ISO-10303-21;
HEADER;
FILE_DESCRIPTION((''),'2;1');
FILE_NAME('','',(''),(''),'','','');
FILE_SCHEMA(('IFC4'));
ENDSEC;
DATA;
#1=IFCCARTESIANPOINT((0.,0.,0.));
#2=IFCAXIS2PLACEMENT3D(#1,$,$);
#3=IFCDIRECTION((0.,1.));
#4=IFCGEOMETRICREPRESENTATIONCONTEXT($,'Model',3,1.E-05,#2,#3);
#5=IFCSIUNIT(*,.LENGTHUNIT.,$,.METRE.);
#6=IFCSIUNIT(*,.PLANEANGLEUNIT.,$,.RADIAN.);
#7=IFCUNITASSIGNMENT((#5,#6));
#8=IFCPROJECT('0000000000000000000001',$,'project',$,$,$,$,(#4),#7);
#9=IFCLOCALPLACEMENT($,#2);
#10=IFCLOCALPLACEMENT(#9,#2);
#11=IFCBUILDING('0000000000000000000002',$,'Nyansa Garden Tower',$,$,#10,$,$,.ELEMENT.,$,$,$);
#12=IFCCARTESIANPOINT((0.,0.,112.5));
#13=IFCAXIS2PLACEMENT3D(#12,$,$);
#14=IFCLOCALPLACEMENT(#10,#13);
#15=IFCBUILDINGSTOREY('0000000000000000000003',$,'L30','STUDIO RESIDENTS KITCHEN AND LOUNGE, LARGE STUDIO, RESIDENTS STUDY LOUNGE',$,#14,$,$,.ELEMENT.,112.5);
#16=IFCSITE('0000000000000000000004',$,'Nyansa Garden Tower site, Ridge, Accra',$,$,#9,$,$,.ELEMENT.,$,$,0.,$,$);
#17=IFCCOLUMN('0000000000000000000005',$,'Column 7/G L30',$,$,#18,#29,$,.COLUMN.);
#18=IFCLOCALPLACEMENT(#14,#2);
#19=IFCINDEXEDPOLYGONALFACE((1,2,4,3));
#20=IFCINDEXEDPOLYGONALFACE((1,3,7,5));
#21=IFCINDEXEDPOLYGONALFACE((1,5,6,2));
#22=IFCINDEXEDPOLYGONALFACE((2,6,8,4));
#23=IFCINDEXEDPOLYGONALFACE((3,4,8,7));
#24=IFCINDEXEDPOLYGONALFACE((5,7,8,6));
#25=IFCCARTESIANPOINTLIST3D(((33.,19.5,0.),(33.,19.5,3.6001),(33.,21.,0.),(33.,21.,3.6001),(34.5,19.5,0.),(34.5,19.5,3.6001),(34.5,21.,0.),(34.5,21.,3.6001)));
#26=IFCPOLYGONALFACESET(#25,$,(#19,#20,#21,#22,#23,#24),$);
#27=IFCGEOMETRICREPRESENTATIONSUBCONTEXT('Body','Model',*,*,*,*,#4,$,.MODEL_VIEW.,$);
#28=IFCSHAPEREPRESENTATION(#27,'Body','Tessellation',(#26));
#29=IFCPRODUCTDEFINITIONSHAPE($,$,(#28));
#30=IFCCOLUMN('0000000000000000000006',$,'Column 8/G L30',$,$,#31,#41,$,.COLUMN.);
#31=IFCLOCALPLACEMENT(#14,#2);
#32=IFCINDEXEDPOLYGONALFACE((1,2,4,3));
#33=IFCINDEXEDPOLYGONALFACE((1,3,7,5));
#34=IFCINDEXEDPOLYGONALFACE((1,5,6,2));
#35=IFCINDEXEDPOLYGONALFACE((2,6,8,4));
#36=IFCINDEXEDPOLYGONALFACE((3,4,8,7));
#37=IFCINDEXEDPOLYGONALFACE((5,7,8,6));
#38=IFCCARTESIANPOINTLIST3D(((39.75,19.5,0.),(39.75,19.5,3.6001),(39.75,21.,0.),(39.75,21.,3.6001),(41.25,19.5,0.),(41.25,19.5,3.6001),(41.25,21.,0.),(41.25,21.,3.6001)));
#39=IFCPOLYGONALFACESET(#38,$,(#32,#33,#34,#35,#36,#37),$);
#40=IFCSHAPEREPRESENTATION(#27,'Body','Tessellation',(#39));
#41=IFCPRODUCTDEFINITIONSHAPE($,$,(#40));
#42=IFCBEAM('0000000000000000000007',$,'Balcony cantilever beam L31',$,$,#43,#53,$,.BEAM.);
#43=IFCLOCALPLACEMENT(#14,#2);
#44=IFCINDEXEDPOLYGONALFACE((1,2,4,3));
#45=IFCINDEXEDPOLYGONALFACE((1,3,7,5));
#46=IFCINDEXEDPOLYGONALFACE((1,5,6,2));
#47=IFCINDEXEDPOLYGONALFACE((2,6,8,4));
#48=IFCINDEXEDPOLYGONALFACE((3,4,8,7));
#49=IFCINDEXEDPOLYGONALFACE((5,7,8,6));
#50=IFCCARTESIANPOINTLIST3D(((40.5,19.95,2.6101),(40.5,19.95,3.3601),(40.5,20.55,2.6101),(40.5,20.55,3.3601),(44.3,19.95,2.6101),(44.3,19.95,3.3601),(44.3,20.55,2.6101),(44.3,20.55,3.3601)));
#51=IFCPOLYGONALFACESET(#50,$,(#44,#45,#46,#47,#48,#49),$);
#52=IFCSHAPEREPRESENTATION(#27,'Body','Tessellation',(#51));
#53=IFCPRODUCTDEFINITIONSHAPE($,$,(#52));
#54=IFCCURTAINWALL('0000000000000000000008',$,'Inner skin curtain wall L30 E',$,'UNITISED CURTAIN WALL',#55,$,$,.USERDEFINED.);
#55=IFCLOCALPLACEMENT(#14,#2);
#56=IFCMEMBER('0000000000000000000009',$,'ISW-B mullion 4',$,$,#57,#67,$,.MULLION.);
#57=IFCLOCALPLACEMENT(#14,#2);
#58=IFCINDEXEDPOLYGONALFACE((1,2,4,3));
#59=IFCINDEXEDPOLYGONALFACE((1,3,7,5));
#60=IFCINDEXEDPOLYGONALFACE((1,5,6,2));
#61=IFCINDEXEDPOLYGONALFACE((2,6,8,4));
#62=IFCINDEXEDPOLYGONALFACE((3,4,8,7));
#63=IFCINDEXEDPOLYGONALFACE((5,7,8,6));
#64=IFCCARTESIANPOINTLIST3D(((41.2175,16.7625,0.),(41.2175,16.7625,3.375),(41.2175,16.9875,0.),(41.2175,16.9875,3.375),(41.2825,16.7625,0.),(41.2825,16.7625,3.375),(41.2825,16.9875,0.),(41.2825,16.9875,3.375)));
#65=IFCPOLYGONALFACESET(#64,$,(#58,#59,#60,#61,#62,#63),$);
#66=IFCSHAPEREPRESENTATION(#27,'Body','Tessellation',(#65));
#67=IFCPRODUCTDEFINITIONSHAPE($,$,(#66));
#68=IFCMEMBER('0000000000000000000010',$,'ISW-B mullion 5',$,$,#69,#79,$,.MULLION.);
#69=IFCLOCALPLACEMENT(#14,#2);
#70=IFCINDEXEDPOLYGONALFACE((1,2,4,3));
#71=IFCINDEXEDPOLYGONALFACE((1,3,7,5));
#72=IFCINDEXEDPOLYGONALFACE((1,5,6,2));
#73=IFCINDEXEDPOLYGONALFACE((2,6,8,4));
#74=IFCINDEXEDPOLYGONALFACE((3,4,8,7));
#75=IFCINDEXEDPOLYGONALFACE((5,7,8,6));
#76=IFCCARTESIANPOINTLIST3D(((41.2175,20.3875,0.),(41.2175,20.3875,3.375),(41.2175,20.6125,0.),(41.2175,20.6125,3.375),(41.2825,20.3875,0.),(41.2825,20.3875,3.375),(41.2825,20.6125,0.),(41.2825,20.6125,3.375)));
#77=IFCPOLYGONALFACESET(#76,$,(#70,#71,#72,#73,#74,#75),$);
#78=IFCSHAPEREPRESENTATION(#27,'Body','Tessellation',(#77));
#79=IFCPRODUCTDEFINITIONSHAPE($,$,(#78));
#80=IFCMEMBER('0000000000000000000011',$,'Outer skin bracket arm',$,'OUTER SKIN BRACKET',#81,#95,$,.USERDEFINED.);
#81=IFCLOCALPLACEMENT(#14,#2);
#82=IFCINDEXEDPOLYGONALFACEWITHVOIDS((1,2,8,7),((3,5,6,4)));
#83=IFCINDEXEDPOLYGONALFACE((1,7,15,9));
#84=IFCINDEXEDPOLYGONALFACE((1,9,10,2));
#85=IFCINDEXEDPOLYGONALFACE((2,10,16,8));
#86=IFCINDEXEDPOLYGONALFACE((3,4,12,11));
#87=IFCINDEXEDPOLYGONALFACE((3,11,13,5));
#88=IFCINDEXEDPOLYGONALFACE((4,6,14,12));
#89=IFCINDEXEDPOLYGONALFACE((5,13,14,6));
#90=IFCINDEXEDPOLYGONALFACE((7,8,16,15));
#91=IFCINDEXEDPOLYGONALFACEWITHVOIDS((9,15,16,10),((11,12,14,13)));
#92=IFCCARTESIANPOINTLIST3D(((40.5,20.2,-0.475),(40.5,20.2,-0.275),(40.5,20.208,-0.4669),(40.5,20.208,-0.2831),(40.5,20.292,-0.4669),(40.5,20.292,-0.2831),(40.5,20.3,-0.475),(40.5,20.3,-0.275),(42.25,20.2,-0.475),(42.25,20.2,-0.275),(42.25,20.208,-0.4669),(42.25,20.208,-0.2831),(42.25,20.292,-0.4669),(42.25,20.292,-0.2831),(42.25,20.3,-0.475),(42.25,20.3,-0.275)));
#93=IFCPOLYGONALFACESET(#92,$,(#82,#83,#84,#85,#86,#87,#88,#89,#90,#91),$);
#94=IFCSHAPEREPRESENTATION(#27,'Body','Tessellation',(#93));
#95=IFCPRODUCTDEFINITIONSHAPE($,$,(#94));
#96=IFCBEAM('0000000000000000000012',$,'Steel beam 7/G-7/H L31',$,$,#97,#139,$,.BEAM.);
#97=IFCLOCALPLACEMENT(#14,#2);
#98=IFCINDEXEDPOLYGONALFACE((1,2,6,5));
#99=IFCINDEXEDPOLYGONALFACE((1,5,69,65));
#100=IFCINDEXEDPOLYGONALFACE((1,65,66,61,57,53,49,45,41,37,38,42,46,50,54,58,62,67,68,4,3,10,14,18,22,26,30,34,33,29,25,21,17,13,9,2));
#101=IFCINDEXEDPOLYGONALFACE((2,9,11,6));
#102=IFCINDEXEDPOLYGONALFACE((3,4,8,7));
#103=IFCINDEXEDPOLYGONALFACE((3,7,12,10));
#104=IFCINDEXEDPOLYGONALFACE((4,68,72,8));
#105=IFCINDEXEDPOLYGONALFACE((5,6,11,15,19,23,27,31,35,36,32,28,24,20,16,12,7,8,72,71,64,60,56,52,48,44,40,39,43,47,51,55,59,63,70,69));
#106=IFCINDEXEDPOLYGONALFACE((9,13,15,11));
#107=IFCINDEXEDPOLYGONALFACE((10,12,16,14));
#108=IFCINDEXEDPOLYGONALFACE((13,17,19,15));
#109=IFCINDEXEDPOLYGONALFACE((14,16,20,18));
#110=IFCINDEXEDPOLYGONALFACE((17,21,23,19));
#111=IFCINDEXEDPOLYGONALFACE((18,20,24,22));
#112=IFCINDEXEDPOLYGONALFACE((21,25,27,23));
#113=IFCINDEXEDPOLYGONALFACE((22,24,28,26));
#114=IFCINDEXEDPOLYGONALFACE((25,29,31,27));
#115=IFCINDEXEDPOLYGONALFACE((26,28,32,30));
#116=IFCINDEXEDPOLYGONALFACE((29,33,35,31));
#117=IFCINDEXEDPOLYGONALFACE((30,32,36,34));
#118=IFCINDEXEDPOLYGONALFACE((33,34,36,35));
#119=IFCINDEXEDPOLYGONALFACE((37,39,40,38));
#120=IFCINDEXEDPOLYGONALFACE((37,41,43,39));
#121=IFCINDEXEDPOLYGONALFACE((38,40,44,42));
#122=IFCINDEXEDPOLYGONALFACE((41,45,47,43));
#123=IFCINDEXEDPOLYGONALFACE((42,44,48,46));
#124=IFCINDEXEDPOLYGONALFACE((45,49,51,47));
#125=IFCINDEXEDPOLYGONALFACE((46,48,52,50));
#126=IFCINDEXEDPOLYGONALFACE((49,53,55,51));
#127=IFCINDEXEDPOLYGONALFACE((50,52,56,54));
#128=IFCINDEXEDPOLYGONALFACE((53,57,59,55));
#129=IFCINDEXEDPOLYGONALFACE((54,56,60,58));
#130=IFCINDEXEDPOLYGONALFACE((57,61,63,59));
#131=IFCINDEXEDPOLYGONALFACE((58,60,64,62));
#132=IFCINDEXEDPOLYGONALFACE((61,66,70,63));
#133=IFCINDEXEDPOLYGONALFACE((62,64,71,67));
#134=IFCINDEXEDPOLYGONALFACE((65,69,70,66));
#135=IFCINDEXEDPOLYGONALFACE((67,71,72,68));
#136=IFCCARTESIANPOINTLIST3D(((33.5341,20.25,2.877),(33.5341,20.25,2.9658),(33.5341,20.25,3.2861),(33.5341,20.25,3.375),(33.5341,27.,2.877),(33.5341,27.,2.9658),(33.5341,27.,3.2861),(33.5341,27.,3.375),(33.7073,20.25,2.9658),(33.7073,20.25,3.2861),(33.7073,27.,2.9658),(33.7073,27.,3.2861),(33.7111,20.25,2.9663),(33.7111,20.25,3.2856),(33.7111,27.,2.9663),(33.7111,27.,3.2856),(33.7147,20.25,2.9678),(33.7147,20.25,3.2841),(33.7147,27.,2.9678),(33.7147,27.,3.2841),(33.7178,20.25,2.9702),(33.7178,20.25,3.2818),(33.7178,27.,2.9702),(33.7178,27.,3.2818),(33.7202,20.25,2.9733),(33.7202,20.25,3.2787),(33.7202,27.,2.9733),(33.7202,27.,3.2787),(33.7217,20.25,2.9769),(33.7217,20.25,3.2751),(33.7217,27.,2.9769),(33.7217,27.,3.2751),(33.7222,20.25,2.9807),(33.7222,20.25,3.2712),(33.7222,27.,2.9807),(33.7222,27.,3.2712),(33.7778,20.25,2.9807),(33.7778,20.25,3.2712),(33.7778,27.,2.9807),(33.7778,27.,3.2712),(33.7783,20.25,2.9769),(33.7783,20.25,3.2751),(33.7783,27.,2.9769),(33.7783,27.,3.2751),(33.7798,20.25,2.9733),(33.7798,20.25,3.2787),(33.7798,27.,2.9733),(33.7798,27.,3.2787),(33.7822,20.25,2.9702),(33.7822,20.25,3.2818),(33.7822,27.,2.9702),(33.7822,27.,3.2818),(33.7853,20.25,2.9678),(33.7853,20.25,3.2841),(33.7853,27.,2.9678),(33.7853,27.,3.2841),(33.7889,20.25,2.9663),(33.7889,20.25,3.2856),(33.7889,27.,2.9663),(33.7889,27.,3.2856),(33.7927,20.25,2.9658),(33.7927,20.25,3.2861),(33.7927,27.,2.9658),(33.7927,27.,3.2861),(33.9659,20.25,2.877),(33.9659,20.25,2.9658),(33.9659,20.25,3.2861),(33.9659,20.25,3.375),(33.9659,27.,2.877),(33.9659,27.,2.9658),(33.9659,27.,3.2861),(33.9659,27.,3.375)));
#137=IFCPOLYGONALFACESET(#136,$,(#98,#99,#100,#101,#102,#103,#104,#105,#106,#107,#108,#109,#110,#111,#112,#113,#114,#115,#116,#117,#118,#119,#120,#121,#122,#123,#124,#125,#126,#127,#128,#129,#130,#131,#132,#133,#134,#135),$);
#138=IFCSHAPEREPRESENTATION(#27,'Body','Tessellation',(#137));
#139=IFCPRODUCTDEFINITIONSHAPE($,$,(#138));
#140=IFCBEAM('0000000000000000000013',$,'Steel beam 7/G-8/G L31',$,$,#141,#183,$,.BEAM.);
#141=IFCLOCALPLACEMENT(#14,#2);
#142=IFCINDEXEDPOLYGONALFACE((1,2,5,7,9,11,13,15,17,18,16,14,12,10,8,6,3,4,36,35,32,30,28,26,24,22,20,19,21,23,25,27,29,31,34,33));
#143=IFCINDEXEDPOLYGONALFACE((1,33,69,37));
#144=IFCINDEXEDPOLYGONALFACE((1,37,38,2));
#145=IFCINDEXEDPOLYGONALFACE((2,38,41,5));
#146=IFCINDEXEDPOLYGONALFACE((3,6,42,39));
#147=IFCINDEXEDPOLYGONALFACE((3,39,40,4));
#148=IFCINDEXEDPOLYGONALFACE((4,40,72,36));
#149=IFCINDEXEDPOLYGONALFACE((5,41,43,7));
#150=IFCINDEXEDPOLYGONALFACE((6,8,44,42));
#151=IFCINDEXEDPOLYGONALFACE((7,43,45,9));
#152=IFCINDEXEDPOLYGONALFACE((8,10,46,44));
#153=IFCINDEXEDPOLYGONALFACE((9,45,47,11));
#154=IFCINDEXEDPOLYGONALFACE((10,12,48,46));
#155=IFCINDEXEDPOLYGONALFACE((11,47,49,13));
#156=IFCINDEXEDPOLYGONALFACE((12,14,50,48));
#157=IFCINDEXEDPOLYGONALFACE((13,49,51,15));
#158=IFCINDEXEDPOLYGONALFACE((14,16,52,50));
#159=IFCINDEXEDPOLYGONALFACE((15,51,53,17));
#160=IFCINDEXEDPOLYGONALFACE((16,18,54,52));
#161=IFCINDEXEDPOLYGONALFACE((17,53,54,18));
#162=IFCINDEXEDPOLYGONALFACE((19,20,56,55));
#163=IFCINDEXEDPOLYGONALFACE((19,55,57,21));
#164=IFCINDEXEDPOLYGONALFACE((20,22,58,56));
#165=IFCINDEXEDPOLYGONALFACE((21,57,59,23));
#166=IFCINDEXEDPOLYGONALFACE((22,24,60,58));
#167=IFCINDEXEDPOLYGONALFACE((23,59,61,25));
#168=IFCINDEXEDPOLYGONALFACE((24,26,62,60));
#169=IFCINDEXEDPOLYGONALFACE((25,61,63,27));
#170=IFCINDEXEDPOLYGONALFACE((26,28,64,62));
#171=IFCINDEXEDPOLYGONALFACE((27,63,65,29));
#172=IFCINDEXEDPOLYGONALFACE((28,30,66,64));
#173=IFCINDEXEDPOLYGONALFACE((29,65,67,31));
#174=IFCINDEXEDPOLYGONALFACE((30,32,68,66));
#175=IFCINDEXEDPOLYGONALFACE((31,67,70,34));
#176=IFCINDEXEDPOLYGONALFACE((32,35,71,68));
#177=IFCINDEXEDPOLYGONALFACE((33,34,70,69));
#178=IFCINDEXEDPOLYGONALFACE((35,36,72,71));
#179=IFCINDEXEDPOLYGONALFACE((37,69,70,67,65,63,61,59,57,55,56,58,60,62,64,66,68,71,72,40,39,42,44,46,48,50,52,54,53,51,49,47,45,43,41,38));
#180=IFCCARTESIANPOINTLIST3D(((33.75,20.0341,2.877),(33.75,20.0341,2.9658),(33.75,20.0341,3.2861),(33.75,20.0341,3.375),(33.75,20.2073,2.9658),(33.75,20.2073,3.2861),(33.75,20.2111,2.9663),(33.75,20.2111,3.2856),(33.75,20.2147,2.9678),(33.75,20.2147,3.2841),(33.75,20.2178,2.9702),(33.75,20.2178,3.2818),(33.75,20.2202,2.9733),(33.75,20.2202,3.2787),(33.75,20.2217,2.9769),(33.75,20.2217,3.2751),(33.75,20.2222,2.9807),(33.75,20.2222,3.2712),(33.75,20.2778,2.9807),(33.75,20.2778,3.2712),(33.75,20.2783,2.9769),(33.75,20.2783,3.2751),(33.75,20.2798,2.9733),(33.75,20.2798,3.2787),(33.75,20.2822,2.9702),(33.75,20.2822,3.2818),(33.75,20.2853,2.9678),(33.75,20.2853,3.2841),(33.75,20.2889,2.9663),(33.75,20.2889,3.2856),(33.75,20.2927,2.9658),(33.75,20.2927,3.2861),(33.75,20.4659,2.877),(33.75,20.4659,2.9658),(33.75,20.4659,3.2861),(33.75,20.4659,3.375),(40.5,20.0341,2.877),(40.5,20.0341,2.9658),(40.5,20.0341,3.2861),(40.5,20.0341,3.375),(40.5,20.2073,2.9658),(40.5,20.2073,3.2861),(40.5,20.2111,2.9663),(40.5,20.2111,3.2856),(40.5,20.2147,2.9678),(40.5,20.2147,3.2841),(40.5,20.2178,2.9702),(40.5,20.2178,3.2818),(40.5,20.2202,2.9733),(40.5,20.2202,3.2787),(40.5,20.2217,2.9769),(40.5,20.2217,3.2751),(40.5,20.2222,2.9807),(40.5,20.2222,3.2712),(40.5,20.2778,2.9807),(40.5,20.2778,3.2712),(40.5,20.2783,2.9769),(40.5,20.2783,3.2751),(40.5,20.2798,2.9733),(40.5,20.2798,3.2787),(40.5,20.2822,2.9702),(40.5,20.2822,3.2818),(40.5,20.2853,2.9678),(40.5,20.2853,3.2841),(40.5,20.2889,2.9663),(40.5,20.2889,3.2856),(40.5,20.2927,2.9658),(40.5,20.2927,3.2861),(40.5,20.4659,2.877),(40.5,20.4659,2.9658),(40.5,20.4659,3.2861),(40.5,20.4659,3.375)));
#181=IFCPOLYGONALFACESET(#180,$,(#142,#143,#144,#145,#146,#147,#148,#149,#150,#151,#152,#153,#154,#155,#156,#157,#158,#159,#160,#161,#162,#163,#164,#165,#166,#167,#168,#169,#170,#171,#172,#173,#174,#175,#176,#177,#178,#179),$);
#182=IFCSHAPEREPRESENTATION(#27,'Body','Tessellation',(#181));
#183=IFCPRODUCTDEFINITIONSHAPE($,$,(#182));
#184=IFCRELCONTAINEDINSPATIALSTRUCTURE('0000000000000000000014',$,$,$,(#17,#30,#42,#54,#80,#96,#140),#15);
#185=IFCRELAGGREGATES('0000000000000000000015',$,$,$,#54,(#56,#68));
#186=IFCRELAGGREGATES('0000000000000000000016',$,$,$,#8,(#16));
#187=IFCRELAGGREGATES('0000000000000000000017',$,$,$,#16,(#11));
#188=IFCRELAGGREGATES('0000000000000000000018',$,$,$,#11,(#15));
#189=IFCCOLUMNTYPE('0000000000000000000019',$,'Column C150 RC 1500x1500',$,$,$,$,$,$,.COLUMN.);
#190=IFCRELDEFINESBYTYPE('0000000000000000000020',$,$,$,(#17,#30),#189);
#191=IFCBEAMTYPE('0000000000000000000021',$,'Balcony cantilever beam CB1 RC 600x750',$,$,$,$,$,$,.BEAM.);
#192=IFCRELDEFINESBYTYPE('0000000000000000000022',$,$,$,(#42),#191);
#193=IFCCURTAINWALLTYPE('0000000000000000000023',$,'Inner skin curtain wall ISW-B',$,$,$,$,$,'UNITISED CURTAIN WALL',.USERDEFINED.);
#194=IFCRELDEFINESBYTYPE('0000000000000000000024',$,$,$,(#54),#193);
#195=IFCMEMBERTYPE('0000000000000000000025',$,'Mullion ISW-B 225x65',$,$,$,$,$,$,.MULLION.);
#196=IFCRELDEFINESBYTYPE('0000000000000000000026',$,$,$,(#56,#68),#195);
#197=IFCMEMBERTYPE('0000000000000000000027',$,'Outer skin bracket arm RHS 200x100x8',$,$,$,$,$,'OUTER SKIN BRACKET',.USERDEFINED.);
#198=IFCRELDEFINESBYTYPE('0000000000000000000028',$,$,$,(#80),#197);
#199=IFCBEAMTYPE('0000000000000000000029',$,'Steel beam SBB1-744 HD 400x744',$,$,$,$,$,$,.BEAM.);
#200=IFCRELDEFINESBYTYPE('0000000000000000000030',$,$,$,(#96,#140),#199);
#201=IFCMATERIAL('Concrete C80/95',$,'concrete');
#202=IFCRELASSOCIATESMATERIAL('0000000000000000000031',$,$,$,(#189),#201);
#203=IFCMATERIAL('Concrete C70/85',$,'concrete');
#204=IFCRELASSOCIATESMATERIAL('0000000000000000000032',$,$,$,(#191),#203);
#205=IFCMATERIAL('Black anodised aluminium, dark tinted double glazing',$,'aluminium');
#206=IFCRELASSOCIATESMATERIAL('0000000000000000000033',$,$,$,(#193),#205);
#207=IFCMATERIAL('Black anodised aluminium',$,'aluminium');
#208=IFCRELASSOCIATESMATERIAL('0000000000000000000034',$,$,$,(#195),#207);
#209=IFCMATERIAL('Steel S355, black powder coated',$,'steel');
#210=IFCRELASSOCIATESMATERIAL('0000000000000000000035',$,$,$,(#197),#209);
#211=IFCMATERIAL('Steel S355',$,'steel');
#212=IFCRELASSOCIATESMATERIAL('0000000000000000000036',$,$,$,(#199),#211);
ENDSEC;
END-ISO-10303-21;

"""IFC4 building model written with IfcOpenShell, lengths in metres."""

from ifc_helpers import new_model, si_unit, direction, frame, origin, origin_2d, place, context, subcontext, project, spatial, rectangle, hollow_rectangle, i_section, extrude, material, material_profile, profile_set, type_object, element, aggregate, save


model = new_model("IFC4")

# Units and contexts
model_context = context("Model", 3, precision=1e-05, world=origin(), true_north=direction((0.0, 1.0)))
body_context = subcontext(model_context, "Body", "Model", "MODEL_VIEW")
ifc_project = project(units=[si_unit("LENGTHUNIT", "METRE"), si_unit("PLANEANGLEUNIT", "RADIAN")], contexts=[model_context])

# Site, building, storey
site_placement = place(None, origin())
site = spatial("IfcSite", under=ifc_project, at=site_placement, Name="Nyansa Garden Tower site, Ridge, Accra", CompositionType="ELEMENT", RefElevation=0.0)
building_placement = place(site_placement, origin())
building = spatial("IfcBuilding", under=site, at=building_placement, Name="Nyansa Garden Tower", CompositionType="ELEMENT")
storey_placement = place(building_placement, frame((0.0, 0.0, 112.5)))
storey = spatial("IfcBuildingStorey", under=building, at=storey_placement, Name="L30", Description="STUDIO RESIDENTS KITCHEN AND LOUNGE, LARGE STUDIO, RESIDENTS STUDY LOUNGE", CompositionType="ELEMENT", Elevation=112.5)

# Columns
ifc_material_1 = material(Name="Concrete C80/95", Category="concrete")
ifc_material_profile_1 = material_profile(ifc_material_1, rectangle(XDim=1.5, YDim=1.5, at=origin_2d()), Name="RC 1500x1500")
ifc_profile_set_1 = profile_set([ifc_material_profile_1], Name="Concrete C80/95")
column_type = type_object("IfcColumnType", Name="Column C150 RC 1500x1500", PredefinedType="COLUMN", material=ifc_profile_set_1)
for number, where, z_axis, x_axis, name in (
    (1, (33.75, 20.25, 0.0), (0.0, 0.0, 1.0), (1.0, 0.0, 0.0), "Column 7/G L30"),
    (2, (40.5, 20.25, 0.0), (0.0, 0.0, 1.0), (1.0, 0.0, 0.0), "Column 8/G L30"),
):
    element("IfcColumn", number, at=place(storey_placement, frame(where, z_axis=z_axis, x_axis=x_axis)), inside=storey, type_object=column_type, Name=name, PredefinedType="COLUMN", context=body_context, shape_type="SweptSolid", body=[
        extrude(rectangle(XDim=1.5, YDim=1.5, at=origin_2d()), origin(), (0.0, 0.0, 1.0), 3.6001),
    ])

# Beam
ifc_material_2 = material(Name="Concrete C70/85", Category="concrete")
ifc_material_profile_2 = material_profile(ifc_material_2, rectangle(XDim=0.6001, YDim=0.75, at=origin_2d()), Name="RC 600x750")
ifc_profile_set_2 = profile_set([ifc_material_profile_2], Name="Concrete C70/85")
beam_type_1 = type_object("IfcBeamType", Name="Balcony cantilever beam CB1 RC 600x750", PredefinedType="BEAM", material=ifc_profile_set_2)
beam_1_placement = place(storey_placement, frame((40.5, 20.25, 2.9851), z_axis=(1.0, 0.0, 0.0), x_axis=(0.0, 1.0, 0.0)))
element("IfcBeam", 3, at=beam_1_placement, inside=storey, type_object=beam_type_1, Name="Balcony cantilever beam L31", PredefinedType="BEAM", context=body_context, shape_type="SweptSolid", body=[
    extrude(rectangle(XDim=0.6001, YDim=0.75, at=origin_2d()), origin(), (0.0, 0.0, 1.0), 3.8),
])

# Curtain wall, members
ifc_material_3 = material(Name="Black anodised aluminium, dark tinted double glazing", Category="aluminium")
curtain_wall_type = type_object("IfcCurtainWallType", Name="Inner skin curtain wall ISW-B", ElementType="UNITISED CURTAIN WALL", PredefinedType="USERDEFINED", material=ifc_material_3)
curtain_wall_placement = place(storey_placement, origin())
curtain_wall = element("IfcCurtainWall", 4, at=curtain_wall_placement, inside=storey, type_object=curtain_wall_type, Name="Inner skin curtain wall L30 E", ObjectType="UNITISED CURTAIN WALL", PredefinedType="USERDEFINED")
ifc_material_4 = material(Name="Black anodised aluminium", Category="aluminium")
ifc_material_profile_3 = material_profile(ifc_material_4, rectangle(XDim=0.0649, YDim=0.2251, at=origin_2d()), Name="Mullion 225x65")
ifc_profile_set_3 = profile_set([ifc_material_profile_3], Name="Black anodised aluminium")
member_type_1 = type_object("IfcMemberType", Name="Mullion ISW-B 225x65", PredefinedType="MULLION", material=ifc_profile_set_3)
member_1_placement = place(storey_placement, frame((41.25, 16.875, 0.0), z_axis=(0.0, 0.0, 1.0), x_axis=(-1.0, 0.0, 0.0)))
member_1 = element("IfcMember", 5, at=member_1_placement, type_object=member_type_1, Name="ISW-B mullion 4", PredefinedType="MULLION", context=body_context, shape_type="SweptSolid", body=[
    extrude(rectangle(XDim=0.0649, YDim=0.2251, at=origin_2d()), origin(), (0.0, 0.0, 1.0), 3.375),
])
member_2_placement = place(storey_placement, frame((41.25, 20.5, 0.0), z_axis=(0.0, 0.0, 1.0), x_axis=(-1.0, 0.0, 0.0)))
member_2 = element("IfcMember", 6, at=member_2_placement, type_object=member_type_1, Name="ISW-B mullion 5", PredefinedType="MULLION", context=body_context, shape_type="SweptSolid", body=[
    extrude(rectangle(XDim=0.0649, YDim=0.2251, at=origin_2d()), origin(), (0.0, 0.0, 1.0), 3.375),
])

# Member
ifc_material_5 = material(Name="Steel S355, black powder coated", Category="steel")
ifc_material_profile_4 = material_profile(ifc_material_5, hollow_rectangle(XDim=0.1001, YDim=0.2, WallThickness=0.0081, at=origin_2d()), Name="RHS 200x100x8")
ifc_profile_set_4 = profile_set([ifc_material_profile_4], Name="Steel S355, black powder coated")
member_type_2 = type_object("IfcMemberType", Name="Outer skin bracket arm RHS 200x100x8", ElementType="OUTER SKIN BRACKET", PredefinedType="USERDEFINED", material=ifc_profile_set_4)
member_3_placement = place(storey_placement, frame((40.5, 20.25, -0.375), z_axis=(1.0, 0.0, 0.0), x_axis=(0.0, 1.0, 0.0)))
element("IfcMember", 7, at=member_3_placement, inside=storey, type_object=member_type_2, Name="Outer skin bracket arm", ObjectType="OUTER SKIN BRACKET", PredefinedType="USERDEFINED", context=body_context, shape_type="SweptSolid", body=[
    extrude(hollow_rectangle(XDim=0.1001, YDim=0.2, WallThickness=0.0081, at=origin_2d()), origin(), (0.0, 0.0, 1.0), 1.75),
])

# Beams
ifc_material_6 = material(Name="Steel S355", Category="steel")
ifc_material_profile_5 = material_profile(ifc_material_6, i_section(OverallWidth=0.4319, OverallDepth=0.498, WebThickness=0.0557, FlangeThickness=0.0889, FilletRadius=0.0149, at=origin_2d()), Name="HD 400x744")
ifc_profile_set_5 = profile_set([ifc_material_profile_5], Name="Steel S355")
beam_type_2 = type_object("IfcBeamType", Name="Steel beam SBB1-744 HD 400x744", PredefinedType="BEAM", material=ifc_profile_set_5)
for number, where, z_axis, x_axis, name in (
    (8, (33.75, 20.25, 3.126), (0.0, 1.0, 0.0), (-1.0, 0.0, 0.0), "Steel beam 7/G-7/H L31"),
    (9, (33.75, 20.25, 3.126), (1.0, 0.0, 0.0), (0.0, 1.0, 0.0), "Steel beam 7/G-8/G L31"),
):
    element("IfcBeam", number, at=place(storey_placement, frame(where, z_axis=z_axis, x_axis=x_axis)), inside=storey, type_object=beam_type_2, Name=name, PredefinedType="BEAM", context=body_context, shape_type="SweptSolid", body=[
        extrude(i_section(OverallWidth=0.4319, OverallDepth=0.498, WebThickness=0.0557, FlangeThickness=0.0889, FilletRadius=0.0149, at=origin_2d()), origin(), (0.0, 0.0, 1.0), 6.75),
    ])

aggregate(curtain_wall, [member_1, member_2])

save(model, "model.ifc")
